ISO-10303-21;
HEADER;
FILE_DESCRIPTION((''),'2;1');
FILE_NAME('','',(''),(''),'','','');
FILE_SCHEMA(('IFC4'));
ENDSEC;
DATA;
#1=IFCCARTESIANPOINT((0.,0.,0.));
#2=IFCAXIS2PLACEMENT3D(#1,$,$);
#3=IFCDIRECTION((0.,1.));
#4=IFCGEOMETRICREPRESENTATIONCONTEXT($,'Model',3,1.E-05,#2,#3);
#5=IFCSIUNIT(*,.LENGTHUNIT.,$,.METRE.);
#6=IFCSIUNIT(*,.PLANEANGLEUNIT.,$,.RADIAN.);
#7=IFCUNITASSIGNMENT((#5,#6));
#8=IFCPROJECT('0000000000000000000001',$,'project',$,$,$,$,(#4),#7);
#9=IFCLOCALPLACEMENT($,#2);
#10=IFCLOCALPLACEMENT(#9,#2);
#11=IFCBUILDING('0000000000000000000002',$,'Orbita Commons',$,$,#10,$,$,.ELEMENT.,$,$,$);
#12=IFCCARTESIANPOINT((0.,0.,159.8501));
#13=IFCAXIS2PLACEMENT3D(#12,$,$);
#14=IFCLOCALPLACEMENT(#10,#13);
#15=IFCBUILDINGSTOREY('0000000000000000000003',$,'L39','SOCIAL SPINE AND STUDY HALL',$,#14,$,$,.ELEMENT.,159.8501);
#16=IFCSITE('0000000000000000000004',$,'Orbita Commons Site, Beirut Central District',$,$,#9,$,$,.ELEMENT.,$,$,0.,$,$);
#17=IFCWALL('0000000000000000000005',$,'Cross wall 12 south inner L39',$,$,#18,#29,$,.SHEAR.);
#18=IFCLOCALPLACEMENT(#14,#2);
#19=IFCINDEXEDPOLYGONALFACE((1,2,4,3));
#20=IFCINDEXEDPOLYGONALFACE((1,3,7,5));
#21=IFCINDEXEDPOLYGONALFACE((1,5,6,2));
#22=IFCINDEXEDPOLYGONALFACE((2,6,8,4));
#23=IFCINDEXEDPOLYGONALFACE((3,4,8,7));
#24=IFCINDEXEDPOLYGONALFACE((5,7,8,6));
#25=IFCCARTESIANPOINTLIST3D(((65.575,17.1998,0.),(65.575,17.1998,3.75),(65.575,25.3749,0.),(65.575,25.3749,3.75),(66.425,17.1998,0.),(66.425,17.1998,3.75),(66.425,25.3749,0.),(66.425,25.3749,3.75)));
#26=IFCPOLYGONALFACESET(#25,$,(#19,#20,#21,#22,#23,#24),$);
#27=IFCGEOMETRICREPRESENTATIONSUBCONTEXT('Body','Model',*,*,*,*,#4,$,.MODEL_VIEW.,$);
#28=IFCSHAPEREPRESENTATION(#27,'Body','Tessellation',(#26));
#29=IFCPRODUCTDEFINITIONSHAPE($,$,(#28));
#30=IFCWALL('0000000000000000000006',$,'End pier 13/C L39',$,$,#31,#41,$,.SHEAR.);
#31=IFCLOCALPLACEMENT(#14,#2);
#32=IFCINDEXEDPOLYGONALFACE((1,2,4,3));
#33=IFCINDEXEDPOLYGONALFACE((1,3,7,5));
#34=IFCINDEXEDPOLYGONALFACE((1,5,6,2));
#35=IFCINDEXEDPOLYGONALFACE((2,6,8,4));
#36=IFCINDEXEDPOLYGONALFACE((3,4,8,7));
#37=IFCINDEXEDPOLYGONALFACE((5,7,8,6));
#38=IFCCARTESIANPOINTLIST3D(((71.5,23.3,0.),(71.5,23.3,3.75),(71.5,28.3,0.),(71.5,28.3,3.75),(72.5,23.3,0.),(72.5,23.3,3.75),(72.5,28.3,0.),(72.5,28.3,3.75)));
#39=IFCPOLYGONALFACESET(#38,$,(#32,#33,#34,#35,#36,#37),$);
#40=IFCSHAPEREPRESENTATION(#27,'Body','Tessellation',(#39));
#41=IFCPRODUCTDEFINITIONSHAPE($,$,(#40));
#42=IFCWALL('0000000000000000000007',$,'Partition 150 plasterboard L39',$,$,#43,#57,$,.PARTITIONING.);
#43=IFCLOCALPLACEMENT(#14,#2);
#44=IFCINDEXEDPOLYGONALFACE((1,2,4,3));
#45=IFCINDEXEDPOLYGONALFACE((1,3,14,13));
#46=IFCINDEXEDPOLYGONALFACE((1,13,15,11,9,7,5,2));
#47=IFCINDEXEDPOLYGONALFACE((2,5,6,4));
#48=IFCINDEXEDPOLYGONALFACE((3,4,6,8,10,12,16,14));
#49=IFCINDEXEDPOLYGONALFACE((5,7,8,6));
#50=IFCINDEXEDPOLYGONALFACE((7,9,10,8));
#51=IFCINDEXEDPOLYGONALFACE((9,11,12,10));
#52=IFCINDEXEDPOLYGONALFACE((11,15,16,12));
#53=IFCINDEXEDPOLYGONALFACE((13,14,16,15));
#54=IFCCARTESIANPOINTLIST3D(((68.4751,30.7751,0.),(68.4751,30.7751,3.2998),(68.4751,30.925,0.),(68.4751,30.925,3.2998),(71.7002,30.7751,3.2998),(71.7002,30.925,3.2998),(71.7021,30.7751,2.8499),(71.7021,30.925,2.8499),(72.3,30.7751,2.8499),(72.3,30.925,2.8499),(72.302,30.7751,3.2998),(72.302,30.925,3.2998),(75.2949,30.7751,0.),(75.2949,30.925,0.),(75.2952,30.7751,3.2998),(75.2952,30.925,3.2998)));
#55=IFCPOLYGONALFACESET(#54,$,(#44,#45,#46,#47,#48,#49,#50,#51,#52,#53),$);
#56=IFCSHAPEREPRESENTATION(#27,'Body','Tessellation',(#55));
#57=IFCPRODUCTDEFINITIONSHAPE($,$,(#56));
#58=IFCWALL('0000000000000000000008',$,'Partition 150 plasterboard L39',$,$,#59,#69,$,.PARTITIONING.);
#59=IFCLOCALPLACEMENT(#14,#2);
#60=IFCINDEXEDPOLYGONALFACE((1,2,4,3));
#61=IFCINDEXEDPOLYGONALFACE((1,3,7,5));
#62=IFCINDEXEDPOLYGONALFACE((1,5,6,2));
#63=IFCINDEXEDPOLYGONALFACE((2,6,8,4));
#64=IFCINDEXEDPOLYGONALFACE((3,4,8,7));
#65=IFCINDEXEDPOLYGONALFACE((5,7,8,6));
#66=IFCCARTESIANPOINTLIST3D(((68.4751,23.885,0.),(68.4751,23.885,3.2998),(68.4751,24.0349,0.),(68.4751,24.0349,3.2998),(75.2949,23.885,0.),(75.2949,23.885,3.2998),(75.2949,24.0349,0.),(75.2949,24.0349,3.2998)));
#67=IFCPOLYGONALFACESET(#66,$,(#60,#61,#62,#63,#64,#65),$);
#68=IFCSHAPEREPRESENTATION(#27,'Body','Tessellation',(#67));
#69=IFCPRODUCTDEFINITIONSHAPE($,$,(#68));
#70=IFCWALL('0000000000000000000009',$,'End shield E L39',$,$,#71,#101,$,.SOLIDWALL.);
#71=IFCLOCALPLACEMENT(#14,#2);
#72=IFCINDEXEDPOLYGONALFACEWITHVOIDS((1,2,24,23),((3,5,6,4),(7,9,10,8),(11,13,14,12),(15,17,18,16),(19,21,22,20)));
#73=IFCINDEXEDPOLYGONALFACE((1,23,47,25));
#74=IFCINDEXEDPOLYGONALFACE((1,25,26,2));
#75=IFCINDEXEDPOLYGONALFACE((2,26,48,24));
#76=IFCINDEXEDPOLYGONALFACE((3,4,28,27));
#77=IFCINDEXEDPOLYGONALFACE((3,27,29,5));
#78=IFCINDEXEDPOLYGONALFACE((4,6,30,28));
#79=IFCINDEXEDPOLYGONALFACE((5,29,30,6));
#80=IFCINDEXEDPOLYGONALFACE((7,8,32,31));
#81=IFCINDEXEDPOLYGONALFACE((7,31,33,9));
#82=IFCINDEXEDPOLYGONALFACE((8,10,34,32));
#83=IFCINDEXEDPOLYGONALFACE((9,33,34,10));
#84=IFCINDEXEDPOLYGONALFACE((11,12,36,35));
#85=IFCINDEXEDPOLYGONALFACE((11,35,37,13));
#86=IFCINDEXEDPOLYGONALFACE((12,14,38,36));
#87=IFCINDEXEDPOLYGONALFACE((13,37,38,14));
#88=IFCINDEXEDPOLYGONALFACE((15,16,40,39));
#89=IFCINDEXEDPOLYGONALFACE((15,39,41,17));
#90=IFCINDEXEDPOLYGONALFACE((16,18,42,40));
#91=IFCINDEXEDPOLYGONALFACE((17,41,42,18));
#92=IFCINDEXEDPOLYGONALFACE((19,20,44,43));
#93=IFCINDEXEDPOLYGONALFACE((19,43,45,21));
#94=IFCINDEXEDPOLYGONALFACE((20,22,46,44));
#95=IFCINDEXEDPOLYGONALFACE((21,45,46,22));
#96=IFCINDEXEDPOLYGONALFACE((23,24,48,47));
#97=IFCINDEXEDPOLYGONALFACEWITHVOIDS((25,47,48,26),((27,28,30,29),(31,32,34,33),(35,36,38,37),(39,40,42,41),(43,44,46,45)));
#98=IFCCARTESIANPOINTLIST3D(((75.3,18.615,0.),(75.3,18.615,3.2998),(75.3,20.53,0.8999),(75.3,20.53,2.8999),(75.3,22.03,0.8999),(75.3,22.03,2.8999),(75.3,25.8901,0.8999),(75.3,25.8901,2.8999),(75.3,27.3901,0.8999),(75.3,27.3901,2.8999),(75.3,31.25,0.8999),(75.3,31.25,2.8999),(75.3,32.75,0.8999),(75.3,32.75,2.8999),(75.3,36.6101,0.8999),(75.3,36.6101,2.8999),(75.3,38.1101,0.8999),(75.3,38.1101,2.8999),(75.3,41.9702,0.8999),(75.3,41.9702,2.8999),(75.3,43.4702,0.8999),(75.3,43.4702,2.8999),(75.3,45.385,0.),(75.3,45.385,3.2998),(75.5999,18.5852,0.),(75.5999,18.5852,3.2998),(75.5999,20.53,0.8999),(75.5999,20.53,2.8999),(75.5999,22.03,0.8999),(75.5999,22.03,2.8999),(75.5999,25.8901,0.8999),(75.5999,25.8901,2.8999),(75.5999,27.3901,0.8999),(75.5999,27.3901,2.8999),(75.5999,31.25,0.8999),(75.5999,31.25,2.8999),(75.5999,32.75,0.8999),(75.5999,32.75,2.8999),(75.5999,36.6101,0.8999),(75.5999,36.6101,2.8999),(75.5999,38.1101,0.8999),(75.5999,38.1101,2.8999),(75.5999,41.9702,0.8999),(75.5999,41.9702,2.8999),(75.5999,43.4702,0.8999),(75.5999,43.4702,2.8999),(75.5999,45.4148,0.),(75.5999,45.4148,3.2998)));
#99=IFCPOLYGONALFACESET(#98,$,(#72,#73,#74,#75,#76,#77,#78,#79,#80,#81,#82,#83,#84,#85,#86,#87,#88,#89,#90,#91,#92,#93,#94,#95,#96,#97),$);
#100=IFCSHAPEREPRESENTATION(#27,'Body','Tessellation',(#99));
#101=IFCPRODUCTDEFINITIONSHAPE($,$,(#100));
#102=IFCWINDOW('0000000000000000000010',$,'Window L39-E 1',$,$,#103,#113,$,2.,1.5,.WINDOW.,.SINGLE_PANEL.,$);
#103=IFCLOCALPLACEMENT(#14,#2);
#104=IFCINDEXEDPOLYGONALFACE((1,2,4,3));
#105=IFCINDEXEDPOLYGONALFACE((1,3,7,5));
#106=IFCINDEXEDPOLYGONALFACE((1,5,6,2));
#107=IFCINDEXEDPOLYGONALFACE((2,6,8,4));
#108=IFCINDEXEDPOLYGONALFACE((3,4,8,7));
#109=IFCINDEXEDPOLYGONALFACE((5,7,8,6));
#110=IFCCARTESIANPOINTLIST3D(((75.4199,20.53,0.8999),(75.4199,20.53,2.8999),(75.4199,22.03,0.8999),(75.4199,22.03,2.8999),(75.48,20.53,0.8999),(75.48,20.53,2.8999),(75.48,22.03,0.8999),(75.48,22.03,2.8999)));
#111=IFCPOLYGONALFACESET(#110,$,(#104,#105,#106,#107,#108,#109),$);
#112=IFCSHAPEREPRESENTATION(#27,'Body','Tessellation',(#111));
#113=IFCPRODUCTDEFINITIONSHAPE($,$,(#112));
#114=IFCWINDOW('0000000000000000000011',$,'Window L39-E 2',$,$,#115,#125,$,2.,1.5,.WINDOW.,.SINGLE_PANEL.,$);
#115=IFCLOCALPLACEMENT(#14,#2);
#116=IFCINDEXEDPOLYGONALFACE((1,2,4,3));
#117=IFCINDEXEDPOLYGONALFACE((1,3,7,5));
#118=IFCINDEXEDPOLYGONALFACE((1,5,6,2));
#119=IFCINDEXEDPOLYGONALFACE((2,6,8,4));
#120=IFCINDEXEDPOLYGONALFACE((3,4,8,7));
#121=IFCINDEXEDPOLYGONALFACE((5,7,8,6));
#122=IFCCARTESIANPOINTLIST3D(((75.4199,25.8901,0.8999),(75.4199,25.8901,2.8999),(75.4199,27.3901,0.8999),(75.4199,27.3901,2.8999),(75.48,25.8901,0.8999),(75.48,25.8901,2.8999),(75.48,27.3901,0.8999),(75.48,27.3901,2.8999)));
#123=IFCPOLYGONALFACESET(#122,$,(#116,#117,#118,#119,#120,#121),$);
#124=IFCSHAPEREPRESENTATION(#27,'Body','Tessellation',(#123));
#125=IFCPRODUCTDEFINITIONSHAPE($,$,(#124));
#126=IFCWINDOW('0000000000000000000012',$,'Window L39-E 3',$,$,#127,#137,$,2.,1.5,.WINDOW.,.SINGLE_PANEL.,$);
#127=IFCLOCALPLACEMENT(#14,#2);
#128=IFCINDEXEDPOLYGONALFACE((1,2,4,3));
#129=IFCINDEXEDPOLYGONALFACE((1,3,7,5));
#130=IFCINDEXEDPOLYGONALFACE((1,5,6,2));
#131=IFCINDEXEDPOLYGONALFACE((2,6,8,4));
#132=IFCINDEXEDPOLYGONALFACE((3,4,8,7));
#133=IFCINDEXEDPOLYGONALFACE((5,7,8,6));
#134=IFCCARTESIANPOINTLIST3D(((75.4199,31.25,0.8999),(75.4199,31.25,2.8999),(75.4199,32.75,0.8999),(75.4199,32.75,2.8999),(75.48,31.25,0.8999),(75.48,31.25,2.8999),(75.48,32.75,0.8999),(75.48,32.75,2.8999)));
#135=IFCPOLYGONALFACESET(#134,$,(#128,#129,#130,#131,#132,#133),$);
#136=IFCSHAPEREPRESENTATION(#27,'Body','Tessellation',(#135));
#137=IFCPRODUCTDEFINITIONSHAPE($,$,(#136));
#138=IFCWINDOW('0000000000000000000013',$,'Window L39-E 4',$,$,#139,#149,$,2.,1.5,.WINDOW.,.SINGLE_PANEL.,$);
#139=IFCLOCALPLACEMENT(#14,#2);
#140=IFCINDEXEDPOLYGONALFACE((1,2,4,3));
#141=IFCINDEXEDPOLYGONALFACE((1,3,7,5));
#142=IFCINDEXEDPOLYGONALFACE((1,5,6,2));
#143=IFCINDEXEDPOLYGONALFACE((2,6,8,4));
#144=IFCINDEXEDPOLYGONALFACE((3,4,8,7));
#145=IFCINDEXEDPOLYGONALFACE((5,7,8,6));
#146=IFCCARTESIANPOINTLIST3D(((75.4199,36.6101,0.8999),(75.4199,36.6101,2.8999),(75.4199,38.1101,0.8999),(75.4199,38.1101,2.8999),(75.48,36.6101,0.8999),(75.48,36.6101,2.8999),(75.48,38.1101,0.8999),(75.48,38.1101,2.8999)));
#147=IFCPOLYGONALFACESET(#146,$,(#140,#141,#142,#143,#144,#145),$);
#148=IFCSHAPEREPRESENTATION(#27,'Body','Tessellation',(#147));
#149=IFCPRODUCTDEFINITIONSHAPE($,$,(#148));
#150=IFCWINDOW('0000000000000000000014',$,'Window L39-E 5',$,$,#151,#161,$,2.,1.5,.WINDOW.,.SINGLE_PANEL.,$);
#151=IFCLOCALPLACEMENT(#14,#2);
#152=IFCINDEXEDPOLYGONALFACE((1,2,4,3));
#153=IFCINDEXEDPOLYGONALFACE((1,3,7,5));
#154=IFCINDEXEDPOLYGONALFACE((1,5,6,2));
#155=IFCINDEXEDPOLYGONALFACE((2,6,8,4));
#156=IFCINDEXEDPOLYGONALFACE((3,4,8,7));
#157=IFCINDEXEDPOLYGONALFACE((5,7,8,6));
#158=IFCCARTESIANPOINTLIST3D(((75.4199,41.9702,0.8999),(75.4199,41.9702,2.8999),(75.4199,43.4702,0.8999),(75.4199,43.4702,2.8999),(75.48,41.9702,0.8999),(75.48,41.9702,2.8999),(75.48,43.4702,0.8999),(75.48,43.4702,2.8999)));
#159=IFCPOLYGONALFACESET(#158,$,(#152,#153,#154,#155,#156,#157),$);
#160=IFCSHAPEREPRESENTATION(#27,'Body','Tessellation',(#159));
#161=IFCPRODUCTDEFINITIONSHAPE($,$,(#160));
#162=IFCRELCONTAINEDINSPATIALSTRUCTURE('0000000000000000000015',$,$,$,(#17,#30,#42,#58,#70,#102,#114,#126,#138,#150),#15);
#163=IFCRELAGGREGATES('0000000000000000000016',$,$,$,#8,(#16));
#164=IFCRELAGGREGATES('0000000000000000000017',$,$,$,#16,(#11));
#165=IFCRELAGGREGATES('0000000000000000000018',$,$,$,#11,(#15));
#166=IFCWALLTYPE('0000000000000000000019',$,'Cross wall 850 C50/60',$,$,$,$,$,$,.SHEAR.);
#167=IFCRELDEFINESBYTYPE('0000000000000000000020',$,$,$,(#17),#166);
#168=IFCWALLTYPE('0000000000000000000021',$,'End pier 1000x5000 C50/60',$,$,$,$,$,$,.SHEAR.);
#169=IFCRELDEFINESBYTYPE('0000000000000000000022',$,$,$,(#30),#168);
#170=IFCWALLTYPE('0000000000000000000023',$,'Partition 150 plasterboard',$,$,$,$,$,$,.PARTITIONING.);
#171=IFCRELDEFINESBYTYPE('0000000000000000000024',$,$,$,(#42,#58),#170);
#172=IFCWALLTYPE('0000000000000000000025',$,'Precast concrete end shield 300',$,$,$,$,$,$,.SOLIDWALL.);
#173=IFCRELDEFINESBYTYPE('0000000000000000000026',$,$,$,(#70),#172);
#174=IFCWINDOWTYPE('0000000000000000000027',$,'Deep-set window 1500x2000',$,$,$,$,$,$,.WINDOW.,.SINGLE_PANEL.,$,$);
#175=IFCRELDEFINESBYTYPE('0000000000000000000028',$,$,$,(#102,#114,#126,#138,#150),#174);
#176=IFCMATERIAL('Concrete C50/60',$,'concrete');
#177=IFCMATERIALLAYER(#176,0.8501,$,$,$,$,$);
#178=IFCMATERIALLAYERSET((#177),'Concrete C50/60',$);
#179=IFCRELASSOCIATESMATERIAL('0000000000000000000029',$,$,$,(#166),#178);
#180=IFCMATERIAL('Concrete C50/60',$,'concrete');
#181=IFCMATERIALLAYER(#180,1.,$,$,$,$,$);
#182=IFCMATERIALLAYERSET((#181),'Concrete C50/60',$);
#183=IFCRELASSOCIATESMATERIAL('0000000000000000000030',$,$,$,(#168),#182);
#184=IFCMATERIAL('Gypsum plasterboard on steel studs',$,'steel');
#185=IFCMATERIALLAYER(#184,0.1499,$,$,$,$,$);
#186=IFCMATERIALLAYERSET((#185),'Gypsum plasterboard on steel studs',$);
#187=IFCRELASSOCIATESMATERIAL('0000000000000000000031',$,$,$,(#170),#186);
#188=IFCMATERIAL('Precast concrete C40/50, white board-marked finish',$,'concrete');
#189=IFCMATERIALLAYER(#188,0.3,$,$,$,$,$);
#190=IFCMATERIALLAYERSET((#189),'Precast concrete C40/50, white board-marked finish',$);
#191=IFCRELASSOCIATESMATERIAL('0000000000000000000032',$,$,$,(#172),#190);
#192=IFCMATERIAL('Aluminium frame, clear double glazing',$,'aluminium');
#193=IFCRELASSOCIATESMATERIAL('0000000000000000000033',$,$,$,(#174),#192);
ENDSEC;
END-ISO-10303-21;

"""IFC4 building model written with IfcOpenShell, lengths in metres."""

from ifc_helpers import new_model, si_unit, direction, frame, frame_2d, origin, place, context, subcontext, project, spatial, polyline, rectangle, outline, extrude, material, layer, layer_set, type_object, element, fill, save


model = new_model("IFC4")

# Units and contexts
model_context = context("Model", 3, precision=1e-05, world=origin(), true_north=direction((0.0, 1.0)))
body_context = subcontext(model_context, "Body", "Model", "MODEL_VIEW")
ifc_project = project(units=[si_unit("LENGTHUNIT", "METRE"), si_unit("PLANEANGLEUNIT", "RADIAN")], contexts=[model_context])

# Site, building, storey
site_placement = place(None, origin())
site = spatial("IfcSite", under=ifc_project, at=site_placement, Name="Orbita Commons Site, Beirut Central District", CompositionType="ELEMENT", RefElevation=0.0)
building_placement = place(site_placement, origin())
building = spatial("IfcBuilding", under=site, at=building_placement, Name="Orbita Commons", CompositionType="ELEMENT")
storey_placement = place(building_placement, frame((0.0, 0.0, 159.8501)))
storey = spatial("IfcBuildingStorey", under=building, at=storey_placement, Name="L39", Description="SOCIAL SPINE AND STUDY HALL", CompositionType="ELEMENT", Elevation=159.8501)

# Walls
ifc_material_1 = material(Name="Concrete C50/60", Category="concrete")
ifc_layer_1 = layer(ifc_material_1, 0.8501)
ifc_layer_set_1 = layer_set([ifc_layer_1], Name="Concrete C50/60")
wall_type_1 = type_object("IfcWallType", Name="Cross wall 850 C50/60", PredefinedType="SHEAR", material=ifc_layer_set_1)
wall_1_placement = place(storey_placement, frame((66.0, 17.2, 0.0), z_axis=(0.0, 0.0, 1.0), x_axis=(0.0, 1.0, 0.0)))
element("IfcWall", 1, at=wall_1_placement, inside=storey, type_object=wall_type_1, Name="Cross wall 12 south inner L39", PredefinedType="SHEAR", context=body_context, shape_type="SweptSolid", body=[
    extrude(rectangle(XDim=8.175, YDim=0.8501, at=frame_2d((4.0874, 0.0))), origin(), (0.0, 0.0, 1.0), 3.75),
])
ifc_material_2 = material(Name="Concrete C50/60", Category="concrete")
ifc_layer_2 = layer(ifc_material_2, 1.0)
ifc_layer_set_2 = layer_set([ifc_layer_2], Name="Concrete C50/60")
wall_type_2 = type_object("IfcWallType", Name="End pier 1000x5000 C50/60", PredefinedType="SHEAR", material=ifc_layer_set_2)
wall_2_placement = place(storey_placement, frame((72.0, 23.3, 0.0), z_axis=(0.0, 0.0, 1.0), x_axis=(0.0, 1.0, 0.0)))
element("IfcWall", 2, at=wall_2_placement, inside=storey, type_object=wall_type_2, Name="End pier 13/C L39", PredefinedType="SHEAR", context=body_context, shape_type="SweptSolid", body=[
    extrude(rectangle(XDim=5.0, YDim=1.0, at=frame_2d((2.5, 0.0))), origin(), (0.0, 0.0, 1.0), 3.75),
])
ifc_material_3 = material(Name="Gypsum plasterboard on steel studs", Category="steel")
ifc_layer_3 = layer(ifc_material_3, 0.1499)
ifc_layer_set_3 = layer_set([ifc_layer_3], Name="Gypsum plasterboard on steel studs")
wall_type_3 = type_object("IfcWallType", Name="Partition 150 plasterboard", PredefinedType="PARTITIONING", material=ifc_layer_set_3)
wall_3_placement = place(storey_placement, frame((68.4751, 30.8501, 0.0), z_axis=(0.0, 0.0, 1.0), x_axis=(1.0, 0.0, 0.0)))
element("IfcWall", 3, at=wall_3_placement, inside=storey, type_object=wall_type_3, Name="Partition 150 plasterboard L39", PredefinedType="PARTITIONING", context=body_context, shape_type="SweptSolid", body=[
    extrude(outline(polyline([(0.0, 0.0), (6.8198, 0.0), (6.8201, 3.2998), (3.8269, 3.2998), (3.825, 2.8499), (3.2271, 2.8499), (3.2251, 3.2998), (0.0, 3.2998), (0.0, 0.0)])), frame((0.0, 0.075, 0.0), z_axis=(0.0, -1.0, 0.0), x_axis=(1.0, 0.0, 0.0)), (0.0, 0.0, 1.0), 0.1499),
])
wall_4_placement = place(storey_placement, frame((68.4751, 23.96, 0.0), z_axis=(0.0, 0.0, 1.0), x_axis=(1.0, 0.0, 0.0)))
element("IfcWall", 4, at=wall_4_placement, inside=storey, type_object=wall_type_3, Name="Partition 150 plasterboard L39", PredefinedType="PARTITIONING", context=body_context, shape_type="SweptSolid", body=[
    extrude(rectangle(XDim=6.8198, YDim=0.1499, at=frame_2d((3.4099, 0.0))), origin(), (0.0, 0.0, 1.0), 3.2998),
])

# Wall, openings, windows
ifc_material_4 = material(Name="Precast concrete C40/50, white board-marked finish", Category="concrete")
ifc_layer_4 = layer(ifc_material_4, 0.3)
ifc_layer_set_4 = layer_set([ifc_layer_4], Name="Precast concrete C40/50, white board-marked finish")
wall_type_4 = type_object("IfcWallType", Name="Precast concrete end shield 300", PredefinedType="SOLIDWALL", material=ifc_layer_set_4)
wall_5_placement = place(storey_placement, frame((75.45, 18.6001, 0.0), z_axis=(0.0, 0.0, 1.0), x_axis=(0.0, 1.0, 0.0)))
wall_5 = element("IfcWall", 5, at=wall_5_placement, inside=storey, type_object=wall_type_4, Name="End shield E L39", PredefinedType="SOLIDWALL", context=body_context, shape_type="SweptSolid", body=[
    extrude(outline(polyline([(-0.0149, -0.1499), (26.8147, -0.1499), (26.7849, 0.1499), (0.0149, 0.1499), (-0.0149, -0.1499)])), origin(), (0.0, 0.0, 1.0), 3.2998),
])
opening_1_placement = place(wall_5_placement, frame((1.9299, 0.0, 0.8999)))
opening_1 = element("IfcOpeningElement", 6, at=opening_1_placement, cuts=wall_5, PredefinedType="OPENING", context=body_context, shape_type="SweptSolid", body=[
    extrude(rectangle(XDim=1.5, YDim=2.0, at=frame_2d((0.75, 1.0))), frame((0.0, 0.1599, 0.0), z_axis=(0.0, -1.0, 0.0), x_axis=(1.0, 0.0, 0.0)), (0.0, 0.0, 1.0), 0.3201),
])
opening_2_placement = place(wall_5_placement, frame((7.29, 0.0, 0.8999)))
opening_2 = element("IfcOpeningElement", 7, at=opening_2_placement, cuts=wall_5, PredefinedType="OPENING", context=body_context, shape_type="SweptSolid", body=[
    extrude(rectangle(XDim=1.5, YDim=2.0, at=frame_2d((0.75, 1.0))), frame((0.0, 0.1599, 0.0), z_axis=(0.0, -1.0, 0.0), x_axis=(1.0, 0.0, 0.0)), (0.0, 0.0, 1.0), 0.3201),
])
opening_3_placement = place(wall_5_placement, frame((12.6499, 0.0, 0.8999)))
opening_3 = element("IfcOpeningElement", 8, at=opening_3_placement, cuts=wall_5, PredefinedType="OPENING", context=body_context, shape_type="SweptSolid", body=[
    extrude(rectangle(XDim=1.5, YDim=2.0, at=frame_2d((0.75, 1.0))), frame((0.0, 0.1599, 0.0), z_axis=(0.0, -1.0, 0.0), x_axis=(1.0, 0.0, 0.0)), (0.0, 0.0, 1.0), 0.3201),
])
opening_4_placement = place(wall_5_placement, frame((18.01, 0.0, 0.8999)))
opening_4 = element("IfcOpeningElement", 9, at=opening_4_placement, cuts=wall_5, PredefinedType="OPENING", context=body_context, shape_type="SweptSolid", body=[
    extrude(rectangle(XDim=1.5, YDim=2.0, at=frame_2d((0.75, 1.0))), frame((0.0, 0.1599, 0.0), z_axis=(0.0, -1.0, 0.0), x_axis=(1.0, 0.0, 0.0)), (0.0, 0.0, 1.0), 0.3201),
])
opening_5_placement = place(wall_5_placement, frame((23.3701, 0.0, 0.8999)))
opening_5 = element("IfcOpeningElement", 10, at=opening_5_placement, cuts=wall_5, PredefinedType="OPENING", context=body_context, shape_type="SweptSolid", body=[
    extrude(rectangle(XDim=1.5, YDim=2.0, at=frame_2d((0.75, 1.0))), frame((0.0, 0.1599, 0.0), z_axis=(0.0, -1.0, 0.0), x_axis=(1.0, 0.0, 0.0)), (0.0, 0.0, 1.0), 0.3201),
])
ifc_material_5 = material(Name="Aluminium frame, clear double glazing", Category="aluminium")
window_type_1 = type_object("IfcWindowType", Name="Deep-set window 1500x2000", PartitioningType="SINGLE_PANEL", PredefinedType="WINDOW", material=ifc_material_5)
window_1_placement = place(opening_1_placement, origin())
window_1 = element("IfcWindow", 11, at=window_1_placement, inside=storey, type_object=window_type_1, Name="Window L39-E 1", OverallHeight=2.0, OverallWidth=1.5, PartitioningType="SINGLE_PANEL", PredefinedType="WINDOW", context=body_context, shape_type="SweptSolid", body=[
    extrude(rectangle(XDim=1.5, YDim=2.0, at=frame_2d((0.75, 1.0))), frame((0.0, 0.03, 0.0), z_axis=(0.0, -1.0, 0.0), x_axis=(1.0, 0.0, 0.0)), (0.0, 0.0, 1.0), 0.0601),
])
fill(opening_1, window_1)
window_2_placement = place(opening_2_placement, origin())
window_2 = element("IfcWindow", 12, at=window_2_placement, inside=storey, type_object=window_type_1, Name="Window L39-E 2", OverallHeight=2.0, OverallWidth=1.5, PartitioningType="SINGLE_PANEL", PredefinedType="WINDOW", context=body_context, shape_type="SweptSolid", body=[
    extrude(rectangle(XDim=1.5, YDim=2.0, at=frame_2d((0.75, 1.0))), frame((0.0, 0.03, 0.0), z_axis=(0.0, -1.0, 0.0), x_axis=(1.0, 0.0, 0.0)), (0.0, 0.0, 1.0), 0.0601),
])
fill(opening_2, window_2)
window_3_placement = place(opening_3_placement, origin())
window_3 = element("IfcWindow", 13, at=window_3_placement, inside=storey, type_object=window_type_1, Name="Window L39-E 3", OverallHeight=2.0, OverallWidth=1.5, PartitioningType="SINGLE_PANEL", PredefinedType="WINDOW", context=body_context, shape_type="SweptSolid", body=[
    extrude(rectangle(XDim=1.5, YDim=2.0, at=frame_2d((0.75, 1.0))), frame((0.0, 0.03, 0.0), z_axis=(0.0, -1.0, 0.0), x_axis=(1.0, 0.0, 0.0)), (0.0, 0.0, 1.0), 0.0601),
])
fill(opening_3, window_3)
window_4_placement = place(opening_4_placement, origin())
window_4 = element("IfcWindow", 14, at=window_4_placement, inside=storey, type_object=window_type_1, Name="Window L39-E 4", OverallHeight=2.0, OverallWidth=1.5, PartitioningType="SINGLE_PANEL", PredefinedType="WINDOW", context=body_context, shape_type="SweptSolid", body=[
    extrude(rectangle(XDim=1.5, YDim=2.0, at=frame_2d((0.75, 1.0))), frame((0.0, 0.03, 0.0), z_axis=(0.0, -1.0, 0.0), x_axis=(1.0, 0.0, 0.0)), (0.0, 0.0, 1.0), 0.0601),
])
fill(opening_4, window_4)
window_5_placement = place(opening_5_placement, origin())
window_5 = element("IfcWindow", 15, at=window_5_placement, inside=storey, type_object=window_type_1, Name="Window L39-E 5", OverallHeight=2.0, OverallWidth=1.5, PartitioningType="SINGLE_PANEL", PredefinedType="WINDOW", context=body_context, shape_type="SweptSolid", body=[
    extrude(rectangle(XDim=1.5, YDim=2.0, at=frame_2d((0.75, 1.0))), frame((0.0, 0.03, 0.0), z_axis=(0.0, -1.0, 0.0), x_axis=(1.0, 0.0, 0.0)), (0.0, 0.0, 1.0), 0.0601),
])
fill(opening_5, window_5)

save(model, "model.ifc")
